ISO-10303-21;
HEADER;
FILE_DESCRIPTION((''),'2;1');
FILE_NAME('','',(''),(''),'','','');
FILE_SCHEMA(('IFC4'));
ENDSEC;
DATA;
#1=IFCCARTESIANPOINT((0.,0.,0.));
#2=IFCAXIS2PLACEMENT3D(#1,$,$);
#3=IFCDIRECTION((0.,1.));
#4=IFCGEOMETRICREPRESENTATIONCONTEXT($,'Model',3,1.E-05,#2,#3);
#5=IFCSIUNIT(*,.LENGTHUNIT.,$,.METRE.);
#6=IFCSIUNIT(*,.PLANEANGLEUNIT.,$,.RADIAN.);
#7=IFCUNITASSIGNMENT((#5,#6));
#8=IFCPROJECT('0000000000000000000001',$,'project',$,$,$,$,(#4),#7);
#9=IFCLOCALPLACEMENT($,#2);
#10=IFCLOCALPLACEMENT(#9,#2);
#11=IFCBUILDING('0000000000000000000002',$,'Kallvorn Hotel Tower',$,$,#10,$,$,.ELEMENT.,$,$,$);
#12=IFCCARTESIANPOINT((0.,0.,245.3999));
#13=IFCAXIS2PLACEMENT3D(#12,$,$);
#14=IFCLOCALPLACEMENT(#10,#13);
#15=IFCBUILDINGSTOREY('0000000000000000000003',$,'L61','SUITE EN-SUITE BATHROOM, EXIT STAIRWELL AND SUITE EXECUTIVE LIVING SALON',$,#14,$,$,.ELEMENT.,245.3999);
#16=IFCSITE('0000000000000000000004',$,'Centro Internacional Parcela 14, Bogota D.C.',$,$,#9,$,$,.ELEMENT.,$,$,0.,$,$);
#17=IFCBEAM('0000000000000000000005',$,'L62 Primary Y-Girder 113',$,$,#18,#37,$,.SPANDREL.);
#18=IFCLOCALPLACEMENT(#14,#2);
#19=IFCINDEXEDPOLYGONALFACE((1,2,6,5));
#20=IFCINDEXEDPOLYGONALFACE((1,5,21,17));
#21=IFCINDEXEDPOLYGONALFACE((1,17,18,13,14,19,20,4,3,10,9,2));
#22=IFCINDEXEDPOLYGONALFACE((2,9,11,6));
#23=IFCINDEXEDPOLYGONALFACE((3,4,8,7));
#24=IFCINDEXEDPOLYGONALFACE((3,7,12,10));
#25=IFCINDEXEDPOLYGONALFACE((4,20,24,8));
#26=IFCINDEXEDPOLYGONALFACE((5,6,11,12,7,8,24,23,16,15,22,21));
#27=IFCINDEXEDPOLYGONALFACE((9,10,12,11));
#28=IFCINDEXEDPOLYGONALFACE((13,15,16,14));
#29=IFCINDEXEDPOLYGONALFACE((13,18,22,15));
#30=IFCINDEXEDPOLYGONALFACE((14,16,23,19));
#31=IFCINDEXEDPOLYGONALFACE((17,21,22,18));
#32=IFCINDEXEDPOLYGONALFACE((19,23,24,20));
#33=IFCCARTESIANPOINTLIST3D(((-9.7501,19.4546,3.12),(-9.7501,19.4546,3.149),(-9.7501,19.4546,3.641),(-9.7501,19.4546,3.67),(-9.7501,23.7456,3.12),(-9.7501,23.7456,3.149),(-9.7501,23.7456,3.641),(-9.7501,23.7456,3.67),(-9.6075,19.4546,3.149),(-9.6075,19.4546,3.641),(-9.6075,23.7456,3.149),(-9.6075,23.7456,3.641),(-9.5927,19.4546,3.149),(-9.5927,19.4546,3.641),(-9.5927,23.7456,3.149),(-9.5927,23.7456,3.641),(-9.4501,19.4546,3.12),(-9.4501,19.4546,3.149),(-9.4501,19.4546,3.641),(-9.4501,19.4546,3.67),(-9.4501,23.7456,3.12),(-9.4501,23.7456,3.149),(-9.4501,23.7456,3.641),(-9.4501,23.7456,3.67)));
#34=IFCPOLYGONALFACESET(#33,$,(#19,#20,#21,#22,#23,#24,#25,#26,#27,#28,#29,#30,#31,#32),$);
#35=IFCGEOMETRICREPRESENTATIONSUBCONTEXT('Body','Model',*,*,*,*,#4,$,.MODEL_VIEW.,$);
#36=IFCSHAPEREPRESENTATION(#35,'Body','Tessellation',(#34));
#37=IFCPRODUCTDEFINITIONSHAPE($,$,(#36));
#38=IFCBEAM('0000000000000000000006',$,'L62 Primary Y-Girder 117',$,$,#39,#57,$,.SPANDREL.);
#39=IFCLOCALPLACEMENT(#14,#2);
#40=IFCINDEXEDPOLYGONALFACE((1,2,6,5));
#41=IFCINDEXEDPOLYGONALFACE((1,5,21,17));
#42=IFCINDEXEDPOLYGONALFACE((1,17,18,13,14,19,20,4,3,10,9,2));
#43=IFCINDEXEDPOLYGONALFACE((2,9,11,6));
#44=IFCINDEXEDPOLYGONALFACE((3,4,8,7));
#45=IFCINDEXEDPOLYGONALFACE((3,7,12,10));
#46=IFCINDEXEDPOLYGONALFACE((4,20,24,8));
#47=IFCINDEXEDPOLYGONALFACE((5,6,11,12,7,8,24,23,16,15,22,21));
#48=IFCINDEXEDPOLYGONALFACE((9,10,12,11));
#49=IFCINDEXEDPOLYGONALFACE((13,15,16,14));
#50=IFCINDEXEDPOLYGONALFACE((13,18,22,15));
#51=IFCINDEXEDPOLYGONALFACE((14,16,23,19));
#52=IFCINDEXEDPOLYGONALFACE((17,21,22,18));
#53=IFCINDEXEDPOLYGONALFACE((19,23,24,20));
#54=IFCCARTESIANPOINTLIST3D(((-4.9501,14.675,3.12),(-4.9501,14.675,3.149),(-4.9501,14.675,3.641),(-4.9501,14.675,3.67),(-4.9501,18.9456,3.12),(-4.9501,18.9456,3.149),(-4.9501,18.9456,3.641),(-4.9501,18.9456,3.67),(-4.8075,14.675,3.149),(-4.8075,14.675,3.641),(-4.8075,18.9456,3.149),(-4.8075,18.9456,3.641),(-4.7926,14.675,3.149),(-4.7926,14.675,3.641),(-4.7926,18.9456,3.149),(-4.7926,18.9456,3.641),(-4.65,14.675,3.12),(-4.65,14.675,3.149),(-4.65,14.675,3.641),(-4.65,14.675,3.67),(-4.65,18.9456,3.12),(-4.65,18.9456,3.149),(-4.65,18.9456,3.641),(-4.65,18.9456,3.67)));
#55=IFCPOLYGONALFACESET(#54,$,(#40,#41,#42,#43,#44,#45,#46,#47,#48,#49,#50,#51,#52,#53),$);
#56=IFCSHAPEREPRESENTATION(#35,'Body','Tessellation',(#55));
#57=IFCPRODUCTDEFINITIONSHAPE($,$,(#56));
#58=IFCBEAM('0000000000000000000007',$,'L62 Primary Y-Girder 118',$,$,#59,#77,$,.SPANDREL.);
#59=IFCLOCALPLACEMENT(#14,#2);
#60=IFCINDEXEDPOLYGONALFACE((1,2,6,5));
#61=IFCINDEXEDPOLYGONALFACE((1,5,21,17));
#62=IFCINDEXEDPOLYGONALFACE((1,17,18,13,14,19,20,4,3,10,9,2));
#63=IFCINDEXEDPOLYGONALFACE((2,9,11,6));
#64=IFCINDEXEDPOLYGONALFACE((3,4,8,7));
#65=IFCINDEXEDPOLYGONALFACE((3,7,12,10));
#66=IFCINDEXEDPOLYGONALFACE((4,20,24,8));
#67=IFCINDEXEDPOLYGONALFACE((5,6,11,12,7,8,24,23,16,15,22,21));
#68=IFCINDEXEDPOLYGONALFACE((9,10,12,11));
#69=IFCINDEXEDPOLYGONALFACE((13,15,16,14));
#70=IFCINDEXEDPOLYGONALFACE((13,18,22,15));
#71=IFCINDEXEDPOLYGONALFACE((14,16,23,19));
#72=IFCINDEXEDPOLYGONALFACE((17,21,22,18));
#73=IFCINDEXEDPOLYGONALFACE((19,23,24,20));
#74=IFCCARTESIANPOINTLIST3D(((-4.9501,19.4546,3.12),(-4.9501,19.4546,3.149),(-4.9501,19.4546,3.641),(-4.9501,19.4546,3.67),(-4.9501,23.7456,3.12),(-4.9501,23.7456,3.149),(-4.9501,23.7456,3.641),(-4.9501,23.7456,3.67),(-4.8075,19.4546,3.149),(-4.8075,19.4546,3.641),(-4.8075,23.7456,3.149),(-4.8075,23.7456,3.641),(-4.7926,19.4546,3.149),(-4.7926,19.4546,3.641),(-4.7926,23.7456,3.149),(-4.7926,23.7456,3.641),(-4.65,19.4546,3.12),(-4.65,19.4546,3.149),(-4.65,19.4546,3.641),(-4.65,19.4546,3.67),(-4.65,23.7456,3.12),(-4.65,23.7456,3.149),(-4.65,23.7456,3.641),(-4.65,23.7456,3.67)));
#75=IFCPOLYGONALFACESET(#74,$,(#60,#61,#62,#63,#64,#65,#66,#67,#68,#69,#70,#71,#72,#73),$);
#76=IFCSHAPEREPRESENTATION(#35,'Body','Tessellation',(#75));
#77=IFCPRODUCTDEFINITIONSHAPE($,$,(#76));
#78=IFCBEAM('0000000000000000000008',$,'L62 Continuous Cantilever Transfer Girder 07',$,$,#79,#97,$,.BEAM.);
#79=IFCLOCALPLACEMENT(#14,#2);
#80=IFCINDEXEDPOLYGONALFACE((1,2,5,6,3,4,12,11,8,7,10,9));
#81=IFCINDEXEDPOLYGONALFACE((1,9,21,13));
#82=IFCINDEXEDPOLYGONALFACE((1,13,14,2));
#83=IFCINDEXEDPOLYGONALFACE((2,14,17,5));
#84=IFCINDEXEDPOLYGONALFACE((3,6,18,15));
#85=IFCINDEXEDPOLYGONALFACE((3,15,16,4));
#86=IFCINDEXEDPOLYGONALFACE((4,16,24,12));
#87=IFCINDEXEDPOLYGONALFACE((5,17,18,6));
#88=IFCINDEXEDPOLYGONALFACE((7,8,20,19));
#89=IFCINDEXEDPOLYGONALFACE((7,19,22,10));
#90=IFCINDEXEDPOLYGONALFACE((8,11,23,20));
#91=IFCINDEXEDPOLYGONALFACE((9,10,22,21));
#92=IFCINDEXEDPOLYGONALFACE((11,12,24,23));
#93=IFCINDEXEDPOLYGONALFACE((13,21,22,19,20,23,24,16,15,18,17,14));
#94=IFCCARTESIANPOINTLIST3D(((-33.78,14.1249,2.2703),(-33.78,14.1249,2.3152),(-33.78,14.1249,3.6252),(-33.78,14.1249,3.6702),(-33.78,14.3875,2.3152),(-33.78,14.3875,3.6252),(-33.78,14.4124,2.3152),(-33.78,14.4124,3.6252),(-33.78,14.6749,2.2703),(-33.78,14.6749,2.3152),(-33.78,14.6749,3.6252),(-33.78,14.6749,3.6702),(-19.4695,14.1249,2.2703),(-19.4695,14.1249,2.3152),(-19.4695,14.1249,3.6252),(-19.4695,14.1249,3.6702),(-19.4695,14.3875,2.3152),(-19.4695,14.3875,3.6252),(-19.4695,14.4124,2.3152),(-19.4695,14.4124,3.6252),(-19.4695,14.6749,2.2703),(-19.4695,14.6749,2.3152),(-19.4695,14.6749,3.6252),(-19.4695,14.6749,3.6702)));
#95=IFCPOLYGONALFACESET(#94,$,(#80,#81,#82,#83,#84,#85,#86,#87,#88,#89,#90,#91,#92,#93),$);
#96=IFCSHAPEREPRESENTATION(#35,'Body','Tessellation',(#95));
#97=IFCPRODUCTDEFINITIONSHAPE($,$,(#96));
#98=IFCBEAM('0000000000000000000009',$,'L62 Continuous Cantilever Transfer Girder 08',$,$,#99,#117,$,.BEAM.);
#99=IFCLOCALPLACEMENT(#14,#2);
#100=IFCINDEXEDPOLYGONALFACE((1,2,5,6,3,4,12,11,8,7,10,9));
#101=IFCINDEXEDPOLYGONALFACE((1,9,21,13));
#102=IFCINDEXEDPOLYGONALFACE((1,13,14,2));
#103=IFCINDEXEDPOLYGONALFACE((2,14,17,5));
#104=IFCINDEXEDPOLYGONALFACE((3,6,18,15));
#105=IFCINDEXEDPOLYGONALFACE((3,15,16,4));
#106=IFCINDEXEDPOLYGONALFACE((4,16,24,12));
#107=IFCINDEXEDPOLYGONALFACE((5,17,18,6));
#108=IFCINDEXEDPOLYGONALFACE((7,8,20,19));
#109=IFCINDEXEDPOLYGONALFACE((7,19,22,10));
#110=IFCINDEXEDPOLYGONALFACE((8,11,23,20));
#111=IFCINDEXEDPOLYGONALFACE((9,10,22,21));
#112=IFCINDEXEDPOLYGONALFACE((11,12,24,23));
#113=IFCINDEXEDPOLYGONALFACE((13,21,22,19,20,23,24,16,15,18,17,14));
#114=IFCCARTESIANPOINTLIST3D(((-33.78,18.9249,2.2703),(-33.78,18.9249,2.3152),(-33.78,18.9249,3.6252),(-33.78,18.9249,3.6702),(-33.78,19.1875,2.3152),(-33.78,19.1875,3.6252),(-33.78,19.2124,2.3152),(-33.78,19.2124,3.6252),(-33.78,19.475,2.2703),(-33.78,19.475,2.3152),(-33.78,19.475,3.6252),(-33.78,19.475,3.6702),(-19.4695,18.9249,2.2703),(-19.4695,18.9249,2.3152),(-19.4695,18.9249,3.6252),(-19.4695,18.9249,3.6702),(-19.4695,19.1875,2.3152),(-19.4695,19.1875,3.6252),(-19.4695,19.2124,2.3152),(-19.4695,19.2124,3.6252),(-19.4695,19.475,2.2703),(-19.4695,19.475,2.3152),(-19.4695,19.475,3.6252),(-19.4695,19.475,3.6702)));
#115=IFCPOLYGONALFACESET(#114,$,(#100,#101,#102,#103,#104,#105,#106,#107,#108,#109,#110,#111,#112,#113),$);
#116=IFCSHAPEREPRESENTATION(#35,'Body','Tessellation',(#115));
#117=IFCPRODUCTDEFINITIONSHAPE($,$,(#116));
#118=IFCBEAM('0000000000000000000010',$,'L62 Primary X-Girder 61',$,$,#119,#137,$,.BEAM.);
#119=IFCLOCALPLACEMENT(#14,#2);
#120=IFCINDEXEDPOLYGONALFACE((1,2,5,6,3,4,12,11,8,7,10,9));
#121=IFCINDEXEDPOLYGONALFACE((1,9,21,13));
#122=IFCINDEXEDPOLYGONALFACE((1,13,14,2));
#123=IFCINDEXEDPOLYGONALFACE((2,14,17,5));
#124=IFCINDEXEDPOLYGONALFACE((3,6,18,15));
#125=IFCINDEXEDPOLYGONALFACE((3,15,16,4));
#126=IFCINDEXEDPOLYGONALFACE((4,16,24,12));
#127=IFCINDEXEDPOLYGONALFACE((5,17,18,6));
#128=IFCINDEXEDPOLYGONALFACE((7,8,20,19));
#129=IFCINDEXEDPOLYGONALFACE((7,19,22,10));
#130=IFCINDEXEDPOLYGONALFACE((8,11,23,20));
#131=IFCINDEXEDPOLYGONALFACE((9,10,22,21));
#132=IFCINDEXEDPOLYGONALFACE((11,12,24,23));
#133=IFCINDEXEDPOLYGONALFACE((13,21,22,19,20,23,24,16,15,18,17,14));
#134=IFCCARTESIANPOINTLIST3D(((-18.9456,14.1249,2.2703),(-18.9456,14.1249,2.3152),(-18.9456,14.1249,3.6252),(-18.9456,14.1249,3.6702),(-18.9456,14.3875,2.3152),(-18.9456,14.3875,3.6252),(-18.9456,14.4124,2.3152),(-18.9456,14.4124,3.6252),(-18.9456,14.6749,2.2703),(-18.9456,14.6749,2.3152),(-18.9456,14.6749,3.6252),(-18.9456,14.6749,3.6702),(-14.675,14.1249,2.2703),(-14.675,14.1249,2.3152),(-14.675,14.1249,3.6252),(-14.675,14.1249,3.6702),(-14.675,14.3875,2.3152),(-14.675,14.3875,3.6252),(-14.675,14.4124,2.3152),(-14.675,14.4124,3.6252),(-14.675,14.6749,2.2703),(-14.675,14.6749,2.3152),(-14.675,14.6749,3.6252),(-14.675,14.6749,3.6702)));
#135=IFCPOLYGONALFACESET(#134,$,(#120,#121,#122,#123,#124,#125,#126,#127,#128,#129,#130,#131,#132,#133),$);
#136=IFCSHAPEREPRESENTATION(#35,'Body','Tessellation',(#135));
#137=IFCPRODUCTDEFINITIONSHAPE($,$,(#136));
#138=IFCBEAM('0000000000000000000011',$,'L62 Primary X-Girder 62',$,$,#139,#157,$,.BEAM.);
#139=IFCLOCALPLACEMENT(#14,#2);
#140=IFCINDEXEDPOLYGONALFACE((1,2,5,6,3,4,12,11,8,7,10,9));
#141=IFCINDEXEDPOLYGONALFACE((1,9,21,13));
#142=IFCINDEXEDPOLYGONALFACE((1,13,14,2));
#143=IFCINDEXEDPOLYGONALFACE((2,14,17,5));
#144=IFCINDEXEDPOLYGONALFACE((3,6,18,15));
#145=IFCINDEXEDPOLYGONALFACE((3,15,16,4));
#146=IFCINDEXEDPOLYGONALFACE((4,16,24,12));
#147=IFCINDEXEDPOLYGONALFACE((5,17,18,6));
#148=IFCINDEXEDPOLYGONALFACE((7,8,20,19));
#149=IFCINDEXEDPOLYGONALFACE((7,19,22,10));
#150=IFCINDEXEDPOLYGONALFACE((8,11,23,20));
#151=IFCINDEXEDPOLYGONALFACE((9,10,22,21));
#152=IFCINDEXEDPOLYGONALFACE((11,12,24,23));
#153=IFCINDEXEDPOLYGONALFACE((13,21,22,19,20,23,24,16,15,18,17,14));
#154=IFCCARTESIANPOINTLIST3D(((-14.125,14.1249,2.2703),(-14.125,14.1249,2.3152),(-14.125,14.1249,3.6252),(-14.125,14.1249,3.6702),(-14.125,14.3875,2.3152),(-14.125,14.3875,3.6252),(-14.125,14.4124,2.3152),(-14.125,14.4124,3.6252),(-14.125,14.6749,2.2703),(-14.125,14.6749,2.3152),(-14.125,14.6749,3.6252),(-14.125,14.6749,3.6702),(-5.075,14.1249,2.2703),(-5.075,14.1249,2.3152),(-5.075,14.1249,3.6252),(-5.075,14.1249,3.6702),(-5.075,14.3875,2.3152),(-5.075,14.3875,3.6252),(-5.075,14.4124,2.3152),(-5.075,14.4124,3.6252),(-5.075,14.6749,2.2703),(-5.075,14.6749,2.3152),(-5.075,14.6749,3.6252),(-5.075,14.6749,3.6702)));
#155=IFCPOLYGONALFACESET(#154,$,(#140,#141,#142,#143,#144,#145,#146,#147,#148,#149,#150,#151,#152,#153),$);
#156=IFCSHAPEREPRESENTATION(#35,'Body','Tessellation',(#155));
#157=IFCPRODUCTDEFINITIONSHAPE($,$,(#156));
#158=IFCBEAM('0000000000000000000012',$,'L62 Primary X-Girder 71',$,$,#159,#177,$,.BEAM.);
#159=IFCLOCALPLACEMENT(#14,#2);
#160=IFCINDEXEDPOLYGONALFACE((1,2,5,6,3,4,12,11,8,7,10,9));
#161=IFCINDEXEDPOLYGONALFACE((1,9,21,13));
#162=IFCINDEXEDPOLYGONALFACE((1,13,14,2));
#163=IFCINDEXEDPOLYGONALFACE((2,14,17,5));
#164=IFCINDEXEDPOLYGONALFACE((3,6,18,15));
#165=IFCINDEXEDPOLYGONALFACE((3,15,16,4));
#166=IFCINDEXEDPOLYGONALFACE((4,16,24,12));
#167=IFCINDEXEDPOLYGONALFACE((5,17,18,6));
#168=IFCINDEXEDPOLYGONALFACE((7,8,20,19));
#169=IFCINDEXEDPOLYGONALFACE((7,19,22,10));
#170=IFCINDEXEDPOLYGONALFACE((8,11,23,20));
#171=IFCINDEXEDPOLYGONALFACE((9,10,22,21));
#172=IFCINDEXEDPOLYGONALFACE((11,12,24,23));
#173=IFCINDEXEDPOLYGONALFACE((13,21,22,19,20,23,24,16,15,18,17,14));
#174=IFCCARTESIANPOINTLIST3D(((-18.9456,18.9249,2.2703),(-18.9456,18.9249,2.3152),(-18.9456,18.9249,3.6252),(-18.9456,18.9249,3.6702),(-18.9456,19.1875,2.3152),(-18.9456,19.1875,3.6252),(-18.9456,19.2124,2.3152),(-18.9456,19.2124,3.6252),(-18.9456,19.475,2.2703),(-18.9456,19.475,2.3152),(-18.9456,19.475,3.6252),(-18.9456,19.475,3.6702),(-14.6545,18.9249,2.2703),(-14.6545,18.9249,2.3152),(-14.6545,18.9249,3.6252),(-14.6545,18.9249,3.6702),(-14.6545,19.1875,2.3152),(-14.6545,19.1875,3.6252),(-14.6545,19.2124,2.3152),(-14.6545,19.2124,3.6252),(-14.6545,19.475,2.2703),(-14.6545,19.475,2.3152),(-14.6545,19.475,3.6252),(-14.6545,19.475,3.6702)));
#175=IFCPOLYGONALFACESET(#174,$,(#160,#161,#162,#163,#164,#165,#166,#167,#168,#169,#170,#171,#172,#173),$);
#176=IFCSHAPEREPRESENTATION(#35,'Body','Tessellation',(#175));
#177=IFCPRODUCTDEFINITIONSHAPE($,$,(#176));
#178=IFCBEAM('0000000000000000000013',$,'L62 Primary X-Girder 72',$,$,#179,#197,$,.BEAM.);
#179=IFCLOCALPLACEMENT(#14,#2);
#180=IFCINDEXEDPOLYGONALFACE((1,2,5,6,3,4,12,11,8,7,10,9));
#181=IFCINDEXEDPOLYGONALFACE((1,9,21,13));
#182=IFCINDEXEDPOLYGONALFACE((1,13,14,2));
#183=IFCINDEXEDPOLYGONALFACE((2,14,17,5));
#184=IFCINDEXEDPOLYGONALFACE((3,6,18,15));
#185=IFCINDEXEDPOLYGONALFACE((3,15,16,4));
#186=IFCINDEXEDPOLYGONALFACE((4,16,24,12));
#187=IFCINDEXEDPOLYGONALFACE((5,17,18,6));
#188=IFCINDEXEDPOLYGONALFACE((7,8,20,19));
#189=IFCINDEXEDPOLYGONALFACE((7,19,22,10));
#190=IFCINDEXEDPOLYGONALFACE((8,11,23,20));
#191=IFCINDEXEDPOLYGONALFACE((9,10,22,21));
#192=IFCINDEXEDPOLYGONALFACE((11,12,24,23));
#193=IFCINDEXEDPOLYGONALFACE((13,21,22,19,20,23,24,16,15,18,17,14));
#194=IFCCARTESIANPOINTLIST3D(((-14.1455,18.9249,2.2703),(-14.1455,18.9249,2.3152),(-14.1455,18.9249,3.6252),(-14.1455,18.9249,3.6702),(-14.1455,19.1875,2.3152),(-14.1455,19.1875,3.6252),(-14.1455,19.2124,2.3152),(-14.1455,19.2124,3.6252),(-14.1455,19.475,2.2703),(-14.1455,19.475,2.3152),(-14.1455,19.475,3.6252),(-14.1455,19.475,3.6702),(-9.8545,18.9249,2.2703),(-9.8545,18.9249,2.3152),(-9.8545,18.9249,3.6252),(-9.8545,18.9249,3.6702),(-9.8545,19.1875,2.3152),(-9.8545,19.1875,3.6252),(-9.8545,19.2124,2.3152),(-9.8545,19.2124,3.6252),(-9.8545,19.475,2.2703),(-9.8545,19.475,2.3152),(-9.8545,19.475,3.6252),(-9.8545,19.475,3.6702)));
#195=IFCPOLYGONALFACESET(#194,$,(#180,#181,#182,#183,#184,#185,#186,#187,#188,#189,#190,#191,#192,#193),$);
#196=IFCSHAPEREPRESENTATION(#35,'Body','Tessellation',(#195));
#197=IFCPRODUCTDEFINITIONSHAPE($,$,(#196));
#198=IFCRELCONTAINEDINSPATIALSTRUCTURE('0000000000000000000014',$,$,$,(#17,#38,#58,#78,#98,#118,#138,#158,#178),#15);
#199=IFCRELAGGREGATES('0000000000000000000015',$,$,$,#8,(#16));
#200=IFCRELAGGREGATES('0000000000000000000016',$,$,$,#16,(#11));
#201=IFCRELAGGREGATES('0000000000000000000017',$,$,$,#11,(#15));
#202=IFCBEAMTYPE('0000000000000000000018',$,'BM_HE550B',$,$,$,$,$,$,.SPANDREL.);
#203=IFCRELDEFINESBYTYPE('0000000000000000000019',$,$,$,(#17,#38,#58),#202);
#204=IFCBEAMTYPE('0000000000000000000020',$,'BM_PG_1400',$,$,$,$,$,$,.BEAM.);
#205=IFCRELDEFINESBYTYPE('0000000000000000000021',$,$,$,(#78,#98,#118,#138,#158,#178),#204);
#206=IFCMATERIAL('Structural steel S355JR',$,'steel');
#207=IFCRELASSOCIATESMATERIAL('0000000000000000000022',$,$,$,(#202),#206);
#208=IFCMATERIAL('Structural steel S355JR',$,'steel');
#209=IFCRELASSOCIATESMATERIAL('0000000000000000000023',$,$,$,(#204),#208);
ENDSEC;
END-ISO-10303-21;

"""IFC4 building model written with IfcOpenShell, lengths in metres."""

from ifc_helpers import new_model, si_unit, direction, frame, origin, origin_2d, place, context, subcontext, project, spatial, i_section, extrude, material, material_profile, profile_set, type_object, element, save


model = new_model("IFC4")

# Units and contexts
model_context = context("Model", 3, precision=1e-05, world=origin(), true_north=direction((0.0, 1.0)))
body_context = subcontext(model_context, "Body", "Model", "MODEL_VIEW")
ifc_project = project(units=[si_unit("LENGTHUNIT", "METRE"), si_unit("PLANEANGLEUNIT", "RADIAN")], contexts=[model_context])

# Site, building, storey
site_placement = place(None, origin())
site = spatial("IfcSite", under=ifc_project, at=site_placement, Name="Centro Internacional Parcela 14, Bogota D.C.", CompositionType="ELEMENT", RefElevation=0.0)
building_placement = place(site_placement, origin())
building = spatial("IfcBuilding", under=site, at=building_placement, Name="Kallvorn Hotel Tower", CompositionType="ELEMENT")
storey_placement = place(building_placement, frame((0.0, 0.0, 245.3999)))
storey = spatial("IfcBuildingStorey", under=building, at=storey_placement, Name="L61", Description="SUITE EN-SUITE BATHROOM, EXIT STAIRWELL AND SUITE EXECUTIVE LIVING SALON", CompositionType="ELEMENT", Elevation=245.3999)

# Beams
ifc_material_1 = material(Name="Structural steel S355JR", Category="steel")
ifc_material_profile_1 = material_profile(ifc_material_1, i_section(OverallWidth=0.3, OverallDepth=0.55, WebThickness=0.0149, FlangeThickness=0.0291, at=origin_2d()), Name="HE 550 B")
ifc_profile_set_1 = profile_set([ifc_material_profile_1], Name="Structural steel S355JR")
beam_type_1 = type_object("IfcBeamType", Name="BM_HE550B", PredefinedType="SPANDREL", material=ifc_profile_set_1)
for number, where, z_axis, x_axis, name in (
    (1, (-9.6001, 19.4546, 3.395), (0.0, 1.0, 0.0), (-1.0, 0.0, 0.0), "L62 Primary Y-Girder 113"),
):
    element("IfcBeam", number, at=place(storey_placement, frame(where, z_axis=z_axis, x_axis=x_axis)), inside=storey, type_object=beam_type_1, Name=name, PredefinedType="SPANDREL", context=body_context, shape_type="SweptSolid", body=[
        extrude(i_section(OverallWidth=0.3, OverallDepth=0.55, WebThickness=0.0149, FlangeThickness=0.0291, at=origin_2d()), origin(), (0.0, 0.0, 1.0), 4.291),
    ])
beam_1_placement = place(storey_placement, frame((-4.8, 14.675, 3.395), z_axis=(0.0, 1.0, 0.0), x_axis=(-1.0, 0.0, 0.0)))
element("IfcBeam", 2, at=beam_1_placement, inside=storey, type_object=beam_type_1, Name="L62 Primary Y-Girder 117", PredefinedType="SPANDREL", context=body_context, shape_type="SweptSolid", body=[
    extrude(i_section(OverallWidth=0.3, OverallDepth=0.55, WebThickness=0.0149, FlangeThickness=0.0291, at=origin_2d()), origin(), (0.0, 0.0, 1.0), 4.2705),
])
beam_2_placement = place(storey_placement, frame((-4.8, 19.4546, 3.395), z_axis=(0.0, 1.0, 0.0), x_axis=(-1.0, 0.0, 0.0)))
element("IfcBeam", 3, at=beam_2_placement, inside=storey, type_object=beam_type_1, Name="L62 Primary Y-Girder 118", PredefinedType="SPANDREL", context=body_context, shape_type="SweptSolid", body=[
    extrude(i_section(OverallWidth=0.3, OverallDepth=0.55, WebThickness=0.0149, FlangeThickness=0.0291, at=origin_2d()), origin(), (0.0, 0.0, 1.0), 4.291),
])
ifc_material_2 = material(Name="Structural steel S355JR", Category="steel")
ifc_material_profile_2 = material_profile(ifc_material_2, i_section(OverallWidth=0.55, OverallDepth=1.3999, WebThickness=0.0249, FlangeThickness=0.0449, at=origin_2d()), Name="PG 1400x550x25x45")
ifc_profile_set_2 = profile_set([ifc_material_profile_2], Name="Structural steel S355JR")
beam_type_2 = type_object("IfcBeamType", Name="BM_PG_1400", PredefinedType="BEAM", material=ifc_profile_set_2)
for number, where, z_axis, x_axis, name in (
    (4, (-19.4695, 14.3999, 2.9702), (-1.0, 0.0, 0.0), (0.0, -1.0, 0.0), "L62 Continuous Cantilever Transfer Girder 07"),
    (5, (-19.4695, 19.2, 2.9702), (-1.0, 0.0, 0.0), (0.0, -1.0, 0.0), "L62 Continuous Cantilever Transfer Girder 08"),
):
    element("IfcBeam", number, at=place(storey_placement, frame(where, z_axis=z_axis, x_axis=x_axis)), inside=storey, type_object=beam_type_2, Name=name, PredefinedType="BEAM", context=body_context, shape_type="SweptSolid", body=[
        extrude(i_section(OverallWidth=0.55, OverallDepth=1.3999, WebThickness=0.0249, FlangeThickness=0.0449, at=origin_2d()), origin(), (0.0, 0.0, 1.0), 14.3105),
    ])
beam_3_placement = place(storey_placement, frame((-18.9456, 14.3999, 2.9702), z_axis=(1.0, 0.0, 0.0), x_axis=(0.0, 1.0, 0.0)))
element("IfcBeam", 6, at=beam_3_placement, inside=storey, type_object=beam_type_2, Name="L62 Primary X-Girder 61", PredefinedType="BEAM", context=body_context, shape_type="SweptSolid", body=[
    extrude(i_section(OverallWidth=0.55, OverallDepth=1.3999, WebThickness=0.0249, FlangeThickness=0.0449, at=origin_2d()), origin(), (0.0, 0.0, 1.0), 4.2705),
])
beam_4_placement = place(storey_placement, frame((-14.125, 14.3999, 2.9702), z_axis=(1.0, 0.0, 0.0), x_axis=(0.0, 1.0, 0.0)))
element("IfcBeam", 7, at=beam_4_placement, inside=storey, type_object=beam_type_2, Name="L62 Primary X-Girder 62", PredefinedType="BEAM", context=body_context, shape_type="SweptSolid", body=[
    extrude(i_section(OverallWidth=0.55, OverallDepth=1.3999, WebThickness=0.0249, FlangeThickness=0.0449, at=origin_2d()), origin(), (0.0, 0.0, 1.0), 9.05),
])
for number, where, z_axis, x_axis, name in (
    (8, (-18.9456, 19.2, 2.9702), (1.0, 0.0, 0.0), (0.0, 1.0, 0.0), "L62 Primary X-Girder 71"),
    (9, (-14.1455, 19.2, 2.9702), (1.0, 0.0, 0.0), (0.0, 1.0, 0.0), "L62 Primary X-Girder 72"),
):
    element("IfcBeam", number, at=place(storey_placement, frame(where, z_axis=z_axis, x_axis=x_axis)), inside=storey, type_object=beam_type_2, Name=name, PredefinedType="BEAM", context=body_context, shape_type="SweptSolid", body=[
        extrude(i_section(OverallWidth=0.55, OverallDepth=1.3999, WebThickness=0.0249, FlangeThickness=0.0449, at=origin_2d()), origin(), (0.0, 0.0, 1.0), 4.291),
    ])

save(model, "model.ifc")
